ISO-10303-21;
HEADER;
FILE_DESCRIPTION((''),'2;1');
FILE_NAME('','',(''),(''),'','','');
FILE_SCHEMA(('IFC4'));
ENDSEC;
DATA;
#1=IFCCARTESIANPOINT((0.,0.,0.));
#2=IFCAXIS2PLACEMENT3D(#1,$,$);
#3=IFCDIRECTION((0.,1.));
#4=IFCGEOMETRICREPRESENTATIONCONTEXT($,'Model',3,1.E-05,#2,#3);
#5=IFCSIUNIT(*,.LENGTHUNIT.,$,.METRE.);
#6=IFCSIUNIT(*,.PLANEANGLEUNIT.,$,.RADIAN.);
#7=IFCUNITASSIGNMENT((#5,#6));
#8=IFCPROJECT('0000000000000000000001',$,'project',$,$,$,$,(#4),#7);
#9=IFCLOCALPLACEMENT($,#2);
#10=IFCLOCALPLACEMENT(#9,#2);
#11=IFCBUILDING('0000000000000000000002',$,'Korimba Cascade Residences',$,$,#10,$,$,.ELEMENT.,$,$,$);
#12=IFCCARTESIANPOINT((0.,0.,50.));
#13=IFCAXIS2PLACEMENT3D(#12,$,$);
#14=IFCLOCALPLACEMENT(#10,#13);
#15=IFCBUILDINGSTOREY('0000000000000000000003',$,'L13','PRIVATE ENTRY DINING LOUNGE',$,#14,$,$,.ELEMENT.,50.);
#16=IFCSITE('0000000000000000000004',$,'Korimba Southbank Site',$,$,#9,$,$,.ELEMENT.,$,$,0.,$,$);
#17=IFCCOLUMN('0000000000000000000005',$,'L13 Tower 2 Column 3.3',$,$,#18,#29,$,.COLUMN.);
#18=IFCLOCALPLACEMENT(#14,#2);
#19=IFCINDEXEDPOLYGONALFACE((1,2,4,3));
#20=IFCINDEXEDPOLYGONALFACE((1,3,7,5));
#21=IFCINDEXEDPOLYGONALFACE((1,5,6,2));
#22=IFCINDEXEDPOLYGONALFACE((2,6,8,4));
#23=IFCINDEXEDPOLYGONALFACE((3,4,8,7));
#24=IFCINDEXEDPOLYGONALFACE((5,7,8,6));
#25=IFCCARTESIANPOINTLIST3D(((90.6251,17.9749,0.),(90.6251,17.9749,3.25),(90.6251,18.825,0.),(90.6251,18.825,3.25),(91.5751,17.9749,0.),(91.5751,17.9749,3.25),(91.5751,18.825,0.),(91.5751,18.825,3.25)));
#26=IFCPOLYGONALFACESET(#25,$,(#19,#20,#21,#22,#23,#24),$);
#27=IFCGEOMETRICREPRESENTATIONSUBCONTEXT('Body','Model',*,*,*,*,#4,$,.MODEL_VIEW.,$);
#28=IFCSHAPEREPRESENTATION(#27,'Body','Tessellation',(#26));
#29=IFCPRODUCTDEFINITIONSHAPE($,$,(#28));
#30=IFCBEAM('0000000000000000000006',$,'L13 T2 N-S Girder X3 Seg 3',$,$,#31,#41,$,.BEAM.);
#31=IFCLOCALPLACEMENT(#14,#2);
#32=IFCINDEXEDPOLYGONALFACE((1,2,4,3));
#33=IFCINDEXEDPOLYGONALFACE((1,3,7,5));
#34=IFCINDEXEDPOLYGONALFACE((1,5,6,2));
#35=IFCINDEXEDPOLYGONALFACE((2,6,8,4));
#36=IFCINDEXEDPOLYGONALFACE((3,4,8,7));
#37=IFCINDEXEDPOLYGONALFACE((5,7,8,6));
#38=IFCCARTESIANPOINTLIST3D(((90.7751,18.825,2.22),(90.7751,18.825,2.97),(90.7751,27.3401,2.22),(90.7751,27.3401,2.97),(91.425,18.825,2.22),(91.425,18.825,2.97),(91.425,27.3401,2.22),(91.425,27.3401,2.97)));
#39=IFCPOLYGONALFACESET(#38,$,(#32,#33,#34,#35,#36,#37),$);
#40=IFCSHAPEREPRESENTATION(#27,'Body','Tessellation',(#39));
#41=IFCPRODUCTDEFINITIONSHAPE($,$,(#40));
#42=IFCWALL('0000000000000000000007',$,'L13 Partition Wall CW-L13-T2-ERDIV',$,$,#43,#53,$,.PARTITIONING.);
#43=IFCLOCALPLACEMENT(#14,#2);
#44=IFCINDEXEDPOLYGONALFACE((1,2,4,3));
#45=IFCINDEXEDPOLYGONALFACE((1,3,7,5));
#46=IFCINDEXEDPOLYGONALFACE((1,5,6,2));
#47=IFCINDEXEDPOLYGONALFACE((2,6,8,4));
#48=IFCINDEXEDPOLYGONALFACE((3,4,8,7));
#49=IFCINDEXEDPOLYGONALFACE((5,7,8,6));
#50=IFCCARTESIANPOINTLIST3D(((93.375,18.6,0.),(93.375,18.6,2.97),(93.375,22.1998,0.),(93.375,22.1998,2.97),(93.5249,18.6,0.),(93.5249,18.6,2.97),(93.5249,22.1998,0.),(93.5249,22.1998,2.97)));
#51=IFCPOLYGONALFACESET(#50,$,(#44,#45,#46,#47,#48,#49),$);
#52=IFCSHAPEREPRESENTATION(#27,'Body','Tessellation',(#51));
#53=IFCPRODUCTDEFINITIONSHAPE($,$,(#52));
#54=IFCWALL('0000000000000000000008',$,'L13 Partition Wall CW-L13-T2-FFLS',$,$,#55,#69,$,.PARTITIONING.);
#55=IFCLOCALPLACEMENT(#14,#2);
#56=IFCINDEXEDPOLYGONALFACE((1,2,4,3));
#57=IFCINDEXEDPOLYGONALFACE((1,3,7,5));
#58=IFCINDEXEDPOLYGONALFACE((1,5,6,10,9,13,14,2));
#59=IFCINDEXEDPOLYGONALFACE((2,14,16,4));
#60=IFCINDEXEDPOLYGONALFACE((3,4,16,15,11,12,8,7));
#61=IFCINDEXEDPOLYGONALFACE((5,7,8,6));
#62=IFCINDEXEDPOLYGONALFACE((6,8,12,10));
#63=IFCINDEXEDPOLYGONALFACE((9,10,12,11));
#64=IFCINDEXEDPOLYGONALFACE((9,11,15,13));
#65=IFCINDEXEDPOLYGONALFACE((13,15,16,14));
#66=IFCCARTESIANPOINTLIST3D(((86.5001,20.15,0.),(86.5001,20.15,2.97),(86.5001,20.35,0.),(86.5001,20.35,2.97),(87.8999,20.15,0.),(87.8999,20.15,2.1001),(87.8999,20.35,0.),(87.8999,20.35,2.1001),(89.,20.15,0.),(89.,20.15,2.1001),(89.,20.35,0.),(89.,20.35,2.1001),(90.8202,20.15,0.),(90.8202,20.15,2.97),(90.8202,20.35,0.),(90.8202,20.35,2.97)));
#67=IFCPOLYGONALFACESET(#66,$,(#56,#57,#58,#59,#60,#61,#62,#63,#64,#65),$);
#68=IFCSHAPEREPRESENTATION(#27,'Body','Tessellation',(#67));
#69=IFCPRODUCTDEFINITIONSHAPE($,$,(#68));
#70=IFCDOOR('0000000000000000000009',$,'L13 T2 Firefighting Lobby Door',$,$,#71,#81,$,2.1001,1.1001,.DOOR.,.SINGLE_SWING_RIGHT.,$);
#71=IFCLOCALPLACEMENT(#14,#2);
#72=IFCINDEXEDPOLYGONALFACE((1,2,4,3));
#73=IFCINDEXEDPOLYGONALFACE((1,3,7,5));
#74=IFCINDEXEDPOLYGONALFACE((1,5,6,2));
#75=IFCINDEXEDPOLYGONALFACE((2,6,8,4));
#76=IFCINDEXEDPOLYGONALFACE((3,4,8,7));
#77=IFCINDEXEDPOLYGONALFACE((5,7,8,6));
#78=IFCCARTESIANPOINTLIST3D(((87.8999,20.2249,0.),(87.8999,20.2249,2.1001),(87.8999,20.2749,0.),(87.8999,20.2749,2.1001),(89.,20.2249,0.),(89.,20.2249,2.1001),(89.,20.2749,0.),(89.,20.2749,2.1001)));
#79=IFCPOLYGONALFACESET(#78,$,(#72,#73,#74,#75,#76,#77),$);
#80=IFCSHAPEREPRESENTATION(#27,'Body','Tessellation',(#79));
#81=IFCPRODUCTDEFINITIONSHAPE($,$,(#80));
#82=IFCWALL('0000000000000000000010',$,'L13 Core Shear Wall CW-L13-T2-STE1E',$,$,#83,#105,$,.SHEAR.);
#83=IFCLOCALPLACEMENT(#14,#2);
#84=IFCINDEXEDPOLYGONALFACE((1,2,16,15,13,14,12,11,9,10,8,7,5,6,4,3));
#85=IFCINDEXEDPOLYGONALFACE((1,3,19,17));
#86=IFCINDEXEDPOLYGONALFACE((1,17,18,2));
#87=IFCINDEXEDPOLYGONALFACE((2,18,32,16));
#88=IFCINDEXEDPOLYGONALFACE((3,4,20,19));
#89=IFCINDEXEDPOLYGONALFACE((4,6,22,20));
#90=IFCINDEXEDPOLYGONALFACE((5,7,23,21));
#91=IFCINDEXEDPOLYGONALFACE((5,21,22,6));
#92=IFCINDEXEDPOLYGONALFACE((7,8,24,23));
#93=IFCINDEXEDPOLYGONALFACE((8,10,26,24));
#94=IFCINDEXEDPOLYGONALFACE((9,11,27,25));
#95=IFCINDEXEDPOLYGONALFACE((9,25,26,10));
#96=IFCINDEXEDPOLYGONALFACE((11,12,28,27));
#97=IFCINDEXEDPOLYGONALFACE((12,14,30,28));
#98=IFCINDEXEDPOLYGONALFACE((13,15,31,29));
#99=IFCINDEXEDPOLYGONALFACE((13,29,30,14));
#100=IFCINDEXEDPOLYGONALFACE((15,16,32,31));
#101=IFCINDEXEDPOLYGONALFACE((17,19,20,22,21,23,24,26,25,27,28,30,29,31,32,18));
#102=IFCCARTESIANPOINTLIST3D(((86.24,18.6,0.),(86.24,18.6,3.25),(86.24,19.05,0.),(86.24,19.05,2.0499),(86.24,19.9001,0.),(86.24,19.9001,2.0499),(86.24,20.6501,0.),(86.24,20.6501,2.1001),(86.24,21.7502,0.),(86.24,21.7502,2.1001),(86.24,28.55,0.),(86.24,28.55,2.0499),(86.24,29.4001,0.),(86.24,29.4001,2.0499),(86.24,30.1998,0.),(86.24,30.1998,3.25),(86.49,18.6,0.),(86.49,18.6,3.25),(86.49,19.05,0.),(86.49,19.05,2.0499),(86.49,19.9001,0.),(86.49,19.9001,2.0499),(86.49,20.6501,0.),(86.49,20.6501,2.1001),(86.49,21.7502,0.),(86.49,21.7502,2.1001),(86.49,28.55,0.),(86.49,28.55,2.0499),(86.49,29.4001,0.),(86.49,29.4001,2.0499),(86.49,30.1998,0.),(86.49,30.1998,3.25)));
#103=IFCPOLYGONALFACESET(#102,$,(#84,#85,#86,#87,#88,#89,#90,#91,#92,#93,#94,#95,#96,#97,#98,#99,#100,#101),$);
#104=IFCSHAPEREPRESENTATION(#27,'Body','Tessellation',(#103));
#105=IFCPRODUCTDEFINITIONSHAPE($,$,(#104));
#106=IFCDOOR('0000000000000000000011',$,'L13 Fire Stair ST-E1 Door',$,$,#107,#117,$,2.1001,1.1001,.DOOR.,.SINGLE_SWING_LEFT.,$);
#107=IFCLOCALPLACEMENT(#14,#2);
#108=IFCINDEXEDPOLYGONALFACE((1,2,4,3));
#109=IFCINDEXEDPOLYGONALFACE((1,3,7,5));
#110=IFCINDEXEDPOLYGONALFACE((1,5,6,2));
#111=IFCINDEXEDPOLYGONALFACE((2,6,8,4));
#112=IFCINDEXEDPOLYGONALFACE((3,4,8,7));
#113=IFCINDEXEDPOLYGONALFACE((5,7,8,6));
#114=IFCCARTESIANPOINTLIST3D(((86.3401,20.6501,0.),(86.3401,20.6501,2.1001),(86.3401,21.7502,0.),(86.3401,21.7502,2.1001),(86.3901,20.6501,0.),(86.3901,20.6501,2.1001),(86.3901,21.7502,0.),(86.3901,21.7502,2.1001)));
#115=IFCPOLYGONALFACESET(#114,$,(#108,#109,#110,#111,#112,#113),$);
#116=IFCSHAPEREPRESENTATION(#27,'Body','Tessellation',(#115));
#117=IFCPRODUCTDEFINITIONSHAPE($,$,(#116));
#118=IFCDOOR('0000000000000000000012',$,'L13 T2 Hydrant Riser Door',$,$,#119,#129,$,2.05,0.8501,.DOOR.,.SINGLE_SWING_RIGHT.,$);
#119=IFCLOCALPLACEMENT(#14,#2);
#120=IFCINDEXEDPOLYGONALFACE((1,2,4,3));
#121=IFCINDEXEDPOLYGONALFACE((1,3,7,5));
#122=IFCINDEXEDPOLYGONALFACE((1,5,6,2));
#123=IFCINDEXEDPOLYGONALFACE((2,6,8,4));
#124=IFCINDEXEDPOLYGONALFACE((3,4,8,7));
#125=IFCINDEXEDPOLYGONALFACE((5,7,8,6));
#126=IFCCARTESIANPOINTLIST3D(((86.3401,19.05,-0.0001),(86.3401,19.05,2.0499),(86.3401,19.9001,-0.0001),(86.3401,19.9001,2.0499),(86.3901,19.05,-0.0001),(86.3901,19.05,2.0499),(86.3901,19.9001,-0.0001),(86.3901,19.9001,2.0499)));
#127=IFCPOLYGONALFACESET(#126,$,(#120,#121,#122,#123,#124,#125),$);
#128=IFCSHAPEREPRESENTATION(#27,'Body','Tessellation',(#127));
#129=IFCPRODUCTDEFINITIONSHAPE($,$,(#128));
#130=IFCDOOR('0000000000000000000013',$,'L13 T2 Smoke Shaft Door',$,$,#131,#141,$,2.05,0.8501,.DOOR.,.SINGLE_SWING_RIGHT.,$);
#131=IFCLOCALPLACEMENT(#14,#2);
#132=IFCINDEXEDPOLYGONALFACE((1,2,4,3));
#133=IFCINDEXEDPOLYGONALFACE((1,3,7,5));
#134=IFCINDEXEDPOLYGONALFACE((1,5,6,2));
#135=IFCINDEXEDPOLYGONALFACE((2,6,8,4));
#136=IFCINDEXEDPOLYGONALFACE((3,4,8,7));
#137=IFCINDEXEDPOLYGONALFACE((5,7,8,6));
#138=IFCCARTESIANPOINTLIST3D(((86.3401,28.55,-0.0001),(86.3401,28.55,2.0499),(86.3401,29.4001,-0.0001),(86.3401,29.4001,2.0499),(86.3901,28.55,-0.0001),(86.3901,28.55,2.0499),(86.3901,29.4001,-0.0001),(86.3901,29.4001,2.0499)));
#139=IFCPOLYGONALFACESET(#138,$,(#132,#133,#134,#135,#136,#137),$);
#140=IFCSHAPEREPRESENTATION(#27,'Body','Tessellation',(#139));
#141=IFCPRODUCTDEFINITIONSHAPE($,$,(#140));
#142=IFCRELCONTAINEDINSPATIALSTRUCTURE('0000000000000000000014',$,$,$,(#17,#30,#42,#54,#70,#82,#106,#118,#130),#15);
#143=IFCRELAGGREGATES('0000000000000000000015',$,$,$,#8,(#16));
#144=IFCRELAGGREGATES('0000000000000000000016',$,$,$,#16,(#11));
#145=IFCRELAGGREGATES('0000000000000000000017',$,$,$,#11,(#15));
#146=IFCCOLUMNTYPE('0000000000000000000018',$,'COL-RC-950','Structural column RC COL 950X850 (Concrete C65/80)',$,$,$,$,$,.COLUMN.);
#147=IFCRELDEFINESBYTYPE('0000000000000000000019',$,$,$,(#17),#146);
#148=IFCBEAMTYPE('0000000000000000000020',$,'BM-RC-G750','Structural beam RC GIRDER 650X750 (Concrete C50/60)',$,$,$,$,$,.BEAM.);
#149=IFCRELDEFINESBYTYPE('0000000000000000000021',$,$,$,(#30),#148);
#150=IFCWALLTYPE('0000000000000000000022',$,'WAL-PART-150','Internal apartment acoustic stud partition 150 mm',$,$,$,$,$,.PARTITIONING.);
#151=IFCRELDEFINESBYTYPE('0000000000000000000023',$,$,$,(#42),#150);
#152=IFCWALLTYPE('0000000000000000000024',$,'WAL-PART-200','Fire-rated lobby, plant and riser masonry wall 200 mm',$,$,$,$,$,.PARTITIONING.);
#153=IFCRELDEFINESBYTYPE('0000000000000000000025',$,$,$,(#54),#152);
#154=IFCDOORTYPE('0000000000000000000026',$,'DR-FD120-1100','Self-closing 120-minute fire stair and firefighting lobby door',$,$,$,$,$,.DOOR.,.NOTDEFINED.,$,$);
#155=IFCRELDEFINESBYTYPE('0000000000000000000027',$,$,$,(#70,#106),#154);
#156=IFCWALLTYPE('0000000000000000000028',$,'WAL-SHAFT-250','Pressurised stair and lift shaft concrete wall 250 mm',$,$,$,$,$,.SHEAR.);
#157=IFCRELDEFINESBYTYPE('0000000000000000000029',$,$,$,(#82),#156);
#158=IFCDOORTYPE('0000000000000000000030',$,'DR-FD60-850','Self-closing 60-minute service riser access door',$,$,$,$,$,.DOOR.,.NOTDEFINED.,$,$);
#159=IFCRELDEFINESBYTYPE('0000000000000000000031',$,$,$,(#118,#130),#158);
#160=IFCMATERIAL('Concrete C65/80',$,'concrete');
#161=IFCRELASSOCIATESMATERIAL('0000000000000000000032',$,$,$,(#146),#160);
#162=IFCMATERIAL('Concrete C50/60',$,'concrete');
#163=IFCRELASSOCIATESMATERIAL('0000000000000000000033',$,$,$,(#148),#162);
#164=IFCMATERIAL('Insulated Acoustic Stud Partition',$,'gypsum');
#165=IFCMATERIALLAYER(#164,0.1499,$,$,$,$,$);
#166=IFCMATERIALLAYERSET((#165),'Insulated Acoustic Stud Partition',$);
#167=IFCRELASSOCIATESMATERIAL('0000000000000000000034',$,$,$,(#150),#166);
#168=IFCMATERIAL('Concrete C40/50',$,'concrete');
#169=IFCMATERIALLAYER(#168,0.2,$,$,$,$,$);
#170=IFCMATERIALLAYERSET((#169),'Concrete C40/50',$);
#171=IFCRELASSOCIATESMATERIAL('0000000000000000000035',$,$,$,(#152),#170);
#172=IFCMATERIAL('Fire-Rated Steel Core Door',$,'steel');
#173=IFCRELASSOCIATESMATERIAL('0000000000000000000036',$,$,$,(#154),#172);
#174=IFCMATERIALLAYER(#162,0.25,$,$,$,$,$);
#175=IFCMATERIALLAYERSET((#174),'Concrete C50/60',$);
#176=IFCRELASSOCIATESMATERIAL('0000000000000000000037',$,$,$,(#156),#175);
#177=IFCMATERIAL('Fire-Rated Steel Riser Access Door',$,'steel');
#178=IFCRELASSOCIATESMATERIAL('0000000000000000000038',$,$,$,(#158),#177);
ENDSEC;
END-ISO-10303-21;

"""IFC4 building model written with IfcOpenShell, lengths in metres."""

from ifc_helpers import new_model, si_unit, direction, frame, frame_2d, origin, origin_2d, place, context, subcontext, project, spatial, rectangle, extrude, material, layer, layer_set, material_profile, profile_set, type_object, element, fill, save


model = new_model("IFC4")

# Units and contexts
model_context = context("Model", 3, precision=1e-05, world=origin(), true_north=direction((0.0, 1.0)))
body_context = subcontext(model_context, "Body", "Model", "MODEL_VIEW")
ifc_project = project(units=[si_unit("LENGTHUNIT", "METRE"), si_unit("PLANEANGLEUNIT", "RADIAN")], contexts=[model_context])

# Site, building, storey
site_placement = place(None, origin())
site = spatial("IfcSite", under=ifc_project, at=site_placement, Name="Korimba Southbank Site", CompositionType="ELEMENT", RefElevation=0.0)
building_placement = place(site_placement, origin())
building = spatial("IfcBuilding", under=site, at=building_placement, Name="Korimba Cascade Residences", CompositionType="ELEMENT")
storey_placement = place(building_placement, frame((0.0, 0.0, 50.0)))
storey = spatial("IfcBuildingStorey", under=building, at=storey_placement, Name="L13", Description="PRIVATE ENTRY DINING LOUNGE", CompositionType="ELEMENT", Elevation=50.0)

# Column
ifc_material_1 = material(Name="Concrete C65/80", Category="concrete")
ifc_material_profile_1 = material_profile(ifc_material_1, rectangle(XDim=0.95, YDim=0.8501, at=origin_2d()), Name="Concrete C65/80")
ifc_profile_set_1 = profile_set([ifc_material_profile_1], Name="Concrete C65/80")
column_type = type_object("IfcColumnType", Name="COL-RC-950", Description="Structural column RC COL 950X850 (Concrete C65/80)", PredefinedType="COLUMN", material=ifc_profile_set_1)
column_placement = place(storey_placement, frame((91.1001, 18.3999, 0.0), z_axis=(0.0, 0.0, 1.0), x_axis=(1.0, 0.0, 0.0)))
element("IfcColumn", 1, at=column_placement, inside=storey, type_object=column_type, Name="L13 Tower 2 Column 3.3", PredefinedType="COLUMN", context=body_context, shape_type="SweptSolid", body=[
    extrude(rectangle(XDim=0.95, YDim=0.8501, at=origin_2d()), origin(), (0.0, 0.0, 1.0), 3.25),
])

# Beam
ifc_material_2 = material(Name="Concrete C50/60", Category="concrete")
ifc_material_profile_2 = material_profile(ifc_material_2, rectangle(XDim=0.6499, YDim=0.75, at=origin_2d()), Name="Concrete C50/60")
ifc_profile_set_2 = profile_set([ifc_material_profile_2], Name="Concrete C50/60")
beam_type = type_object("IfcBeamType", Name="BM-RC-G750", Description="Structural beam RC GIRDER 650X750 (Concrete C50/60)", PredefinedType="BEAM", material=ifc_profile_set_2)
beam_placement = place(storey_placement, frame((91.1001, 18.825, 2.595), z_axis=(0.0, 1.0, 0.0), x_axis=(-1.0, 0.0, 0.0)))
element("IfcBeam", 2, at=beam_placement, inside=storey, type_object=beam_type, Name="L13 T2 N-S Girder X3 Seg 3", PredefinedType="BEAM", context=body_context, shape_type="SweptSolid", body=[
    extrude(rectangle(XDim=0.6499, YDim=0.75, at=origin_2d()), origin(), (0.0, 0.0, 1.0), 8.5151),
])

# Wall
ifc_material_3 = material(Name="Insulated Acoustic Stud Partition", Category="gypsum")
ifc_layer_1 = layer(ifc_material_3, 0.1499)
ifc_layer_set_1 = layer_set([ifc_layer_1], Name="Insulated Acoustic Stud Partition")
wall_type_1 = type_object("IfcWallType", Name="WAL-PART-150", Description="Internal apartment acoustic stud partition 150 mm", PredefinedType="PARTITIONING", material=ifc_layer_set_1)
wall_1_placement = place(storey_placement, frame((93.45, 18.6001, 0.0), z_axis=(0.0, 0.0, 1.0), x_axis=(0.0, 1.0, 0.0)))
element("IfcWall", 3, at=wall_1_placement, inside=storey, type_object=wall_type_1, Name="L13 Partition Wall CW-L13-T2-ERDIV", PredefinedType="PARTITIONING", context=body_context, shape_type="SweptSolid", body=[
    extrude(rectangle(XDim=3.5999, YDim=0.1499, at=frame_2d((1.7998, 0.0))), origin(), (0.0, 0.0, 1.0), 2.97),
])

# Wall, opening, door
ifc_material_4 = material(Name="Concrete C40/50", Category="concrete")
ifc_layer_2 = layer(ifc_material_4, 0.2)
ifc_layer_set_2 = layer_set([ifc_layer_2], Name="Concrete C40/50")
wall_type_2 = type_object("IfcWallType", Name="WAL-PART-200", Description="Fire-rated lobby, plant and riser masonry wall 200 mm", PredefinedType="PARTITIONING", material=ifc_layer_set_2)
wall_2_placement = place(storey_placement, frame((86.5, 20.25, 0.0), z_axis=(0.0, 0.0, 1.0), x_axis=(1.0, 0.0, 0.0)))
wall_2 = element("IfcWall", 4, at=wall_2_placement, inside=storey, type_object=wall_type_2, Name="L13 Partition Wall CW-L13-T2-FFLS", PredefinedType="PARTITIONING", context=body_context, shape_type="SweptSolid", body=[
    extrude(rectangle(XDim=4.3201, YDim=0.2, at=frame_2d((2.1602, 0.0))), origin(), (0.0, 0.0, 1.0), 2.97),
])
opening_1_placement = place(wall_2_placement, frame((1.3999, 0.0, 0.0)))
opening_1 = element("IfcOpeningElement", 5, at=opening_1_placement, cuts=wall_2, PredefinedType="OPENING", context=body_context, shape_type="SweptSolid", body=[
    extrude(rectangle(XDim=1.1001, YDim=2.1001, at=frame_2d((0.55, 1.05))), frame((0.0, 0.1099, 0.0), z_axis=(0.0, -1.0, 0.0), x_axis=(1.0, 0.0, 0.0)), (0.0, 0.0, 1.0), 0.22),
])
ifc_material_5 = material(Name="Fire-Rated Steel Core Door", Category="steel")
door_type_1 = type_object("IfcDoorType", Name="DR-FD120-1100", Description="Self-closing 120-minute fire stair and firefighting lobby door", OperationType="NOTDEFINED", PredefinedType="DOOR", material=ifc_material_5)
door_1_placement = place(opening_1_placement, origin())
door_1 = element("IfcDoor", 6, at=door_1_placement, inside=storey, type_object=door_type_1, Name="L13 T2 Firefighting Lobby Door", OperationType="SINGLE_SWING_RIGHT", OverallHeight=2.1001, OverallWidth=1.1001, PredefinedType="DOOR", context=body_context, shape_type="SweptSolid", body=[
    extrude(rectangle(XDim=1.1001, YDim=2.1001, at=frame_2d((0.55, 1.05))), frame((0.0, 0.0249, 0.0), z_axis=(0.0, -1.0, 0.0), x_axis=(1.0, 0.0, 0.0)), (0.0, 0.0, 1.0), 0.05),
])
fill(opening_1, door_1)

# Wall, openings, doors
ifc_layer_3 = layer(ifc_material_2, 0.25)
ifc_layer_set_3 = layer_set([ifc_layer_3], Name="Concrete C50/60")
wall_type_3 = type_object("IfcWallType", Name="WAL-SHAFT-250", Description="Pressurised stair and lift shaft concrete wall 250 mm", PredefinedType="SHEAR", material=ifc_layer_set_3)
wall_3_placement = place(storey_placement, frame((86.365, 18.6001, 0.0), z_axis=(0.0, 0.0, 1.0), x_axis=(0.0, 1.0, 0.0)))
wall_3 = element("IfcWall", 7, at=wall_3_placement, inside=storey, type_object=wall_type_3, Name="L13 Core Shear Wall CW-L13-T2-STE1E", PredefinedType="SHEAR", context=body_context, shape_type="SweptSolid", body=[
    extrude(rectangle(XDim=11.5999, YDim=0.25, at=frame_2d((5.7998, 0.0))), origin(), (0.0, 0.0, 1.0), 3.25),
])
opening_2_placement = place(wall_3_placement, frame((0.45, 0.0, 0.0)))
opening_2 = element("IfcOpeningElement", 8, at=opening_2_placement, cuts=wall_3, PredefinedType="OPENING", context=body_context, shape_type="SweptSolid", body=[
    extrude(rectangle(XDim=0.8501, YDim=2.05, at=frame_2d((0.425, 1.0249))), frame((0.0, 0.135, 0.0), z_axis=(0.0, -1.0, 0.0), x_axis=(1.0, 0.0, 0.0)), (0.0, 0.0, 1.0), 0.27),
])
opening_3_placement = place(wall_3_placement, frame((2.05, 0.0, 0.0)))
opening_3 = element("IfcOpeningElement", 9, at=opening_3_placement, cuts=wall_3, PredefinedType="OPENING", context=body_context, shape_type="SweptSolid", body=[
    extrude(rectangle(XDim=1.1001, YDim=2.1001, at=frame_2d((0.55, 1.05))), frame((0.0, 0.135, 0.0), z_axis=(0.0, -1.0, 0.0), x_axis=(1.0, 0.0, 0.0)), (0.0, 0.0, 1.0), 0.27),
])
opening_4_placement = place(wall_3_placement, frame((9.95, 0.0, 0.0)))
opening_4 = element("IfcOpeningElement", 10, at=opening_4_placement, cuts=wall_3, PredefinedType="OPENING", context=body_context, shape_type="SweptSolid", body=[
    extrude(rectangle(XDim=0.8501, YDim=2.05, at=frame_2d((0.425, 1.0249))), frame((0.0, 0.135, 0.0), z_axis=(0.0, -1.0, 0.0), x_axis=(1.0, 0.0, 0.0)), (0.0, 0.0, 1.0), 0.27),
])
door_2_placement = place(opening_3_placement, origin())
door_2 = element("IfcDoor", 11, at=door_2_placement, inside=storey, type_object=door_type_1, Name="L13 Fire Stair ST-E1 Door", OperationType="SINGLE_SWING_LEFT", OverallHeight=2.1001, OverallWidth=1.1001, PredefinedType="DOOR", context=body_context, shape_type="SweptSolid", body=[
    extrude(rectangle(XDim=1.1001, YDim=2.1001, at=frame_2d((0.55, 1.05))), frame((0.0, 0.0249, 0.0), z_axis=(0.0, -1.0, 0.0), x_axis=(1.0, 0.0, 0.0)), (0.0, 0.0, 1.0), 0.05),
])
fill(opening_3, door_2)
ifc_material_6 = material(Name="Fire-Rated Steel Riser Access Door", Category="steel")
door_type_2 = type_object("IfcDoorType", Name="DR-FD60-850", Description="Self-closing 60-minute service riser access door", OperationType="NOTDEFINED", PredefinedType="DOOR", material=ifc_material_6)
door_3_placement = place(opening_2_placement, origin())
door_3 = element("IfcDoor", 12, at=door_3_placement, inside=storey, type_object=door_type_2, Name="L13 T2 Hydrant Riser Door", OperationType="SINGLE_SWING_RIGHT", OverallHeight=2.05, OverallWidth=0.8501, PredefinedType="DOOR", context=body_context, shape_type="SweptSolid", body=[
    extrude(rectangle(XDim=0.8501, YDim=2.05, at=frame_2d((0.425, 1.0249))), frame((0.0, 0.0249, 0.0), z_axis=(0.0, -1.0, 0.0), x_axis=(1.0, 0.0, 0.0)), (0.0, 0.0, 1.0), 0.05),
])
fill(opening_2, door_3)
door_4_placement = place(opening_4_placement, origin())
door_4 = element("IfcDoor", 13, at=door_4_placement, inside=storey, type_object=door_type_2, Name="L13 T2 Smoke Shaft Door", OperationType="SINGLE_SWING_RIGHT", OverallHeight=2.05, OverallWidth=0.8501, PredefinedType="DOOR", context=body_context, shape_type="SweptSolid", body=[
    extrude(rectangle(XDim=0.8501, YDim=2.05, at=frame_2d((0.425, 1.0249))), frame((0.0, 0.0249, 0.0), z_axis=(0.0, -1.0, 0.0), x_axis=(1.0, 0.0, 0.0)), (0.0, 0.0, 1.0), 0.05),
])
fill(opening_4, door_4)

save(model, "model.ifc")
